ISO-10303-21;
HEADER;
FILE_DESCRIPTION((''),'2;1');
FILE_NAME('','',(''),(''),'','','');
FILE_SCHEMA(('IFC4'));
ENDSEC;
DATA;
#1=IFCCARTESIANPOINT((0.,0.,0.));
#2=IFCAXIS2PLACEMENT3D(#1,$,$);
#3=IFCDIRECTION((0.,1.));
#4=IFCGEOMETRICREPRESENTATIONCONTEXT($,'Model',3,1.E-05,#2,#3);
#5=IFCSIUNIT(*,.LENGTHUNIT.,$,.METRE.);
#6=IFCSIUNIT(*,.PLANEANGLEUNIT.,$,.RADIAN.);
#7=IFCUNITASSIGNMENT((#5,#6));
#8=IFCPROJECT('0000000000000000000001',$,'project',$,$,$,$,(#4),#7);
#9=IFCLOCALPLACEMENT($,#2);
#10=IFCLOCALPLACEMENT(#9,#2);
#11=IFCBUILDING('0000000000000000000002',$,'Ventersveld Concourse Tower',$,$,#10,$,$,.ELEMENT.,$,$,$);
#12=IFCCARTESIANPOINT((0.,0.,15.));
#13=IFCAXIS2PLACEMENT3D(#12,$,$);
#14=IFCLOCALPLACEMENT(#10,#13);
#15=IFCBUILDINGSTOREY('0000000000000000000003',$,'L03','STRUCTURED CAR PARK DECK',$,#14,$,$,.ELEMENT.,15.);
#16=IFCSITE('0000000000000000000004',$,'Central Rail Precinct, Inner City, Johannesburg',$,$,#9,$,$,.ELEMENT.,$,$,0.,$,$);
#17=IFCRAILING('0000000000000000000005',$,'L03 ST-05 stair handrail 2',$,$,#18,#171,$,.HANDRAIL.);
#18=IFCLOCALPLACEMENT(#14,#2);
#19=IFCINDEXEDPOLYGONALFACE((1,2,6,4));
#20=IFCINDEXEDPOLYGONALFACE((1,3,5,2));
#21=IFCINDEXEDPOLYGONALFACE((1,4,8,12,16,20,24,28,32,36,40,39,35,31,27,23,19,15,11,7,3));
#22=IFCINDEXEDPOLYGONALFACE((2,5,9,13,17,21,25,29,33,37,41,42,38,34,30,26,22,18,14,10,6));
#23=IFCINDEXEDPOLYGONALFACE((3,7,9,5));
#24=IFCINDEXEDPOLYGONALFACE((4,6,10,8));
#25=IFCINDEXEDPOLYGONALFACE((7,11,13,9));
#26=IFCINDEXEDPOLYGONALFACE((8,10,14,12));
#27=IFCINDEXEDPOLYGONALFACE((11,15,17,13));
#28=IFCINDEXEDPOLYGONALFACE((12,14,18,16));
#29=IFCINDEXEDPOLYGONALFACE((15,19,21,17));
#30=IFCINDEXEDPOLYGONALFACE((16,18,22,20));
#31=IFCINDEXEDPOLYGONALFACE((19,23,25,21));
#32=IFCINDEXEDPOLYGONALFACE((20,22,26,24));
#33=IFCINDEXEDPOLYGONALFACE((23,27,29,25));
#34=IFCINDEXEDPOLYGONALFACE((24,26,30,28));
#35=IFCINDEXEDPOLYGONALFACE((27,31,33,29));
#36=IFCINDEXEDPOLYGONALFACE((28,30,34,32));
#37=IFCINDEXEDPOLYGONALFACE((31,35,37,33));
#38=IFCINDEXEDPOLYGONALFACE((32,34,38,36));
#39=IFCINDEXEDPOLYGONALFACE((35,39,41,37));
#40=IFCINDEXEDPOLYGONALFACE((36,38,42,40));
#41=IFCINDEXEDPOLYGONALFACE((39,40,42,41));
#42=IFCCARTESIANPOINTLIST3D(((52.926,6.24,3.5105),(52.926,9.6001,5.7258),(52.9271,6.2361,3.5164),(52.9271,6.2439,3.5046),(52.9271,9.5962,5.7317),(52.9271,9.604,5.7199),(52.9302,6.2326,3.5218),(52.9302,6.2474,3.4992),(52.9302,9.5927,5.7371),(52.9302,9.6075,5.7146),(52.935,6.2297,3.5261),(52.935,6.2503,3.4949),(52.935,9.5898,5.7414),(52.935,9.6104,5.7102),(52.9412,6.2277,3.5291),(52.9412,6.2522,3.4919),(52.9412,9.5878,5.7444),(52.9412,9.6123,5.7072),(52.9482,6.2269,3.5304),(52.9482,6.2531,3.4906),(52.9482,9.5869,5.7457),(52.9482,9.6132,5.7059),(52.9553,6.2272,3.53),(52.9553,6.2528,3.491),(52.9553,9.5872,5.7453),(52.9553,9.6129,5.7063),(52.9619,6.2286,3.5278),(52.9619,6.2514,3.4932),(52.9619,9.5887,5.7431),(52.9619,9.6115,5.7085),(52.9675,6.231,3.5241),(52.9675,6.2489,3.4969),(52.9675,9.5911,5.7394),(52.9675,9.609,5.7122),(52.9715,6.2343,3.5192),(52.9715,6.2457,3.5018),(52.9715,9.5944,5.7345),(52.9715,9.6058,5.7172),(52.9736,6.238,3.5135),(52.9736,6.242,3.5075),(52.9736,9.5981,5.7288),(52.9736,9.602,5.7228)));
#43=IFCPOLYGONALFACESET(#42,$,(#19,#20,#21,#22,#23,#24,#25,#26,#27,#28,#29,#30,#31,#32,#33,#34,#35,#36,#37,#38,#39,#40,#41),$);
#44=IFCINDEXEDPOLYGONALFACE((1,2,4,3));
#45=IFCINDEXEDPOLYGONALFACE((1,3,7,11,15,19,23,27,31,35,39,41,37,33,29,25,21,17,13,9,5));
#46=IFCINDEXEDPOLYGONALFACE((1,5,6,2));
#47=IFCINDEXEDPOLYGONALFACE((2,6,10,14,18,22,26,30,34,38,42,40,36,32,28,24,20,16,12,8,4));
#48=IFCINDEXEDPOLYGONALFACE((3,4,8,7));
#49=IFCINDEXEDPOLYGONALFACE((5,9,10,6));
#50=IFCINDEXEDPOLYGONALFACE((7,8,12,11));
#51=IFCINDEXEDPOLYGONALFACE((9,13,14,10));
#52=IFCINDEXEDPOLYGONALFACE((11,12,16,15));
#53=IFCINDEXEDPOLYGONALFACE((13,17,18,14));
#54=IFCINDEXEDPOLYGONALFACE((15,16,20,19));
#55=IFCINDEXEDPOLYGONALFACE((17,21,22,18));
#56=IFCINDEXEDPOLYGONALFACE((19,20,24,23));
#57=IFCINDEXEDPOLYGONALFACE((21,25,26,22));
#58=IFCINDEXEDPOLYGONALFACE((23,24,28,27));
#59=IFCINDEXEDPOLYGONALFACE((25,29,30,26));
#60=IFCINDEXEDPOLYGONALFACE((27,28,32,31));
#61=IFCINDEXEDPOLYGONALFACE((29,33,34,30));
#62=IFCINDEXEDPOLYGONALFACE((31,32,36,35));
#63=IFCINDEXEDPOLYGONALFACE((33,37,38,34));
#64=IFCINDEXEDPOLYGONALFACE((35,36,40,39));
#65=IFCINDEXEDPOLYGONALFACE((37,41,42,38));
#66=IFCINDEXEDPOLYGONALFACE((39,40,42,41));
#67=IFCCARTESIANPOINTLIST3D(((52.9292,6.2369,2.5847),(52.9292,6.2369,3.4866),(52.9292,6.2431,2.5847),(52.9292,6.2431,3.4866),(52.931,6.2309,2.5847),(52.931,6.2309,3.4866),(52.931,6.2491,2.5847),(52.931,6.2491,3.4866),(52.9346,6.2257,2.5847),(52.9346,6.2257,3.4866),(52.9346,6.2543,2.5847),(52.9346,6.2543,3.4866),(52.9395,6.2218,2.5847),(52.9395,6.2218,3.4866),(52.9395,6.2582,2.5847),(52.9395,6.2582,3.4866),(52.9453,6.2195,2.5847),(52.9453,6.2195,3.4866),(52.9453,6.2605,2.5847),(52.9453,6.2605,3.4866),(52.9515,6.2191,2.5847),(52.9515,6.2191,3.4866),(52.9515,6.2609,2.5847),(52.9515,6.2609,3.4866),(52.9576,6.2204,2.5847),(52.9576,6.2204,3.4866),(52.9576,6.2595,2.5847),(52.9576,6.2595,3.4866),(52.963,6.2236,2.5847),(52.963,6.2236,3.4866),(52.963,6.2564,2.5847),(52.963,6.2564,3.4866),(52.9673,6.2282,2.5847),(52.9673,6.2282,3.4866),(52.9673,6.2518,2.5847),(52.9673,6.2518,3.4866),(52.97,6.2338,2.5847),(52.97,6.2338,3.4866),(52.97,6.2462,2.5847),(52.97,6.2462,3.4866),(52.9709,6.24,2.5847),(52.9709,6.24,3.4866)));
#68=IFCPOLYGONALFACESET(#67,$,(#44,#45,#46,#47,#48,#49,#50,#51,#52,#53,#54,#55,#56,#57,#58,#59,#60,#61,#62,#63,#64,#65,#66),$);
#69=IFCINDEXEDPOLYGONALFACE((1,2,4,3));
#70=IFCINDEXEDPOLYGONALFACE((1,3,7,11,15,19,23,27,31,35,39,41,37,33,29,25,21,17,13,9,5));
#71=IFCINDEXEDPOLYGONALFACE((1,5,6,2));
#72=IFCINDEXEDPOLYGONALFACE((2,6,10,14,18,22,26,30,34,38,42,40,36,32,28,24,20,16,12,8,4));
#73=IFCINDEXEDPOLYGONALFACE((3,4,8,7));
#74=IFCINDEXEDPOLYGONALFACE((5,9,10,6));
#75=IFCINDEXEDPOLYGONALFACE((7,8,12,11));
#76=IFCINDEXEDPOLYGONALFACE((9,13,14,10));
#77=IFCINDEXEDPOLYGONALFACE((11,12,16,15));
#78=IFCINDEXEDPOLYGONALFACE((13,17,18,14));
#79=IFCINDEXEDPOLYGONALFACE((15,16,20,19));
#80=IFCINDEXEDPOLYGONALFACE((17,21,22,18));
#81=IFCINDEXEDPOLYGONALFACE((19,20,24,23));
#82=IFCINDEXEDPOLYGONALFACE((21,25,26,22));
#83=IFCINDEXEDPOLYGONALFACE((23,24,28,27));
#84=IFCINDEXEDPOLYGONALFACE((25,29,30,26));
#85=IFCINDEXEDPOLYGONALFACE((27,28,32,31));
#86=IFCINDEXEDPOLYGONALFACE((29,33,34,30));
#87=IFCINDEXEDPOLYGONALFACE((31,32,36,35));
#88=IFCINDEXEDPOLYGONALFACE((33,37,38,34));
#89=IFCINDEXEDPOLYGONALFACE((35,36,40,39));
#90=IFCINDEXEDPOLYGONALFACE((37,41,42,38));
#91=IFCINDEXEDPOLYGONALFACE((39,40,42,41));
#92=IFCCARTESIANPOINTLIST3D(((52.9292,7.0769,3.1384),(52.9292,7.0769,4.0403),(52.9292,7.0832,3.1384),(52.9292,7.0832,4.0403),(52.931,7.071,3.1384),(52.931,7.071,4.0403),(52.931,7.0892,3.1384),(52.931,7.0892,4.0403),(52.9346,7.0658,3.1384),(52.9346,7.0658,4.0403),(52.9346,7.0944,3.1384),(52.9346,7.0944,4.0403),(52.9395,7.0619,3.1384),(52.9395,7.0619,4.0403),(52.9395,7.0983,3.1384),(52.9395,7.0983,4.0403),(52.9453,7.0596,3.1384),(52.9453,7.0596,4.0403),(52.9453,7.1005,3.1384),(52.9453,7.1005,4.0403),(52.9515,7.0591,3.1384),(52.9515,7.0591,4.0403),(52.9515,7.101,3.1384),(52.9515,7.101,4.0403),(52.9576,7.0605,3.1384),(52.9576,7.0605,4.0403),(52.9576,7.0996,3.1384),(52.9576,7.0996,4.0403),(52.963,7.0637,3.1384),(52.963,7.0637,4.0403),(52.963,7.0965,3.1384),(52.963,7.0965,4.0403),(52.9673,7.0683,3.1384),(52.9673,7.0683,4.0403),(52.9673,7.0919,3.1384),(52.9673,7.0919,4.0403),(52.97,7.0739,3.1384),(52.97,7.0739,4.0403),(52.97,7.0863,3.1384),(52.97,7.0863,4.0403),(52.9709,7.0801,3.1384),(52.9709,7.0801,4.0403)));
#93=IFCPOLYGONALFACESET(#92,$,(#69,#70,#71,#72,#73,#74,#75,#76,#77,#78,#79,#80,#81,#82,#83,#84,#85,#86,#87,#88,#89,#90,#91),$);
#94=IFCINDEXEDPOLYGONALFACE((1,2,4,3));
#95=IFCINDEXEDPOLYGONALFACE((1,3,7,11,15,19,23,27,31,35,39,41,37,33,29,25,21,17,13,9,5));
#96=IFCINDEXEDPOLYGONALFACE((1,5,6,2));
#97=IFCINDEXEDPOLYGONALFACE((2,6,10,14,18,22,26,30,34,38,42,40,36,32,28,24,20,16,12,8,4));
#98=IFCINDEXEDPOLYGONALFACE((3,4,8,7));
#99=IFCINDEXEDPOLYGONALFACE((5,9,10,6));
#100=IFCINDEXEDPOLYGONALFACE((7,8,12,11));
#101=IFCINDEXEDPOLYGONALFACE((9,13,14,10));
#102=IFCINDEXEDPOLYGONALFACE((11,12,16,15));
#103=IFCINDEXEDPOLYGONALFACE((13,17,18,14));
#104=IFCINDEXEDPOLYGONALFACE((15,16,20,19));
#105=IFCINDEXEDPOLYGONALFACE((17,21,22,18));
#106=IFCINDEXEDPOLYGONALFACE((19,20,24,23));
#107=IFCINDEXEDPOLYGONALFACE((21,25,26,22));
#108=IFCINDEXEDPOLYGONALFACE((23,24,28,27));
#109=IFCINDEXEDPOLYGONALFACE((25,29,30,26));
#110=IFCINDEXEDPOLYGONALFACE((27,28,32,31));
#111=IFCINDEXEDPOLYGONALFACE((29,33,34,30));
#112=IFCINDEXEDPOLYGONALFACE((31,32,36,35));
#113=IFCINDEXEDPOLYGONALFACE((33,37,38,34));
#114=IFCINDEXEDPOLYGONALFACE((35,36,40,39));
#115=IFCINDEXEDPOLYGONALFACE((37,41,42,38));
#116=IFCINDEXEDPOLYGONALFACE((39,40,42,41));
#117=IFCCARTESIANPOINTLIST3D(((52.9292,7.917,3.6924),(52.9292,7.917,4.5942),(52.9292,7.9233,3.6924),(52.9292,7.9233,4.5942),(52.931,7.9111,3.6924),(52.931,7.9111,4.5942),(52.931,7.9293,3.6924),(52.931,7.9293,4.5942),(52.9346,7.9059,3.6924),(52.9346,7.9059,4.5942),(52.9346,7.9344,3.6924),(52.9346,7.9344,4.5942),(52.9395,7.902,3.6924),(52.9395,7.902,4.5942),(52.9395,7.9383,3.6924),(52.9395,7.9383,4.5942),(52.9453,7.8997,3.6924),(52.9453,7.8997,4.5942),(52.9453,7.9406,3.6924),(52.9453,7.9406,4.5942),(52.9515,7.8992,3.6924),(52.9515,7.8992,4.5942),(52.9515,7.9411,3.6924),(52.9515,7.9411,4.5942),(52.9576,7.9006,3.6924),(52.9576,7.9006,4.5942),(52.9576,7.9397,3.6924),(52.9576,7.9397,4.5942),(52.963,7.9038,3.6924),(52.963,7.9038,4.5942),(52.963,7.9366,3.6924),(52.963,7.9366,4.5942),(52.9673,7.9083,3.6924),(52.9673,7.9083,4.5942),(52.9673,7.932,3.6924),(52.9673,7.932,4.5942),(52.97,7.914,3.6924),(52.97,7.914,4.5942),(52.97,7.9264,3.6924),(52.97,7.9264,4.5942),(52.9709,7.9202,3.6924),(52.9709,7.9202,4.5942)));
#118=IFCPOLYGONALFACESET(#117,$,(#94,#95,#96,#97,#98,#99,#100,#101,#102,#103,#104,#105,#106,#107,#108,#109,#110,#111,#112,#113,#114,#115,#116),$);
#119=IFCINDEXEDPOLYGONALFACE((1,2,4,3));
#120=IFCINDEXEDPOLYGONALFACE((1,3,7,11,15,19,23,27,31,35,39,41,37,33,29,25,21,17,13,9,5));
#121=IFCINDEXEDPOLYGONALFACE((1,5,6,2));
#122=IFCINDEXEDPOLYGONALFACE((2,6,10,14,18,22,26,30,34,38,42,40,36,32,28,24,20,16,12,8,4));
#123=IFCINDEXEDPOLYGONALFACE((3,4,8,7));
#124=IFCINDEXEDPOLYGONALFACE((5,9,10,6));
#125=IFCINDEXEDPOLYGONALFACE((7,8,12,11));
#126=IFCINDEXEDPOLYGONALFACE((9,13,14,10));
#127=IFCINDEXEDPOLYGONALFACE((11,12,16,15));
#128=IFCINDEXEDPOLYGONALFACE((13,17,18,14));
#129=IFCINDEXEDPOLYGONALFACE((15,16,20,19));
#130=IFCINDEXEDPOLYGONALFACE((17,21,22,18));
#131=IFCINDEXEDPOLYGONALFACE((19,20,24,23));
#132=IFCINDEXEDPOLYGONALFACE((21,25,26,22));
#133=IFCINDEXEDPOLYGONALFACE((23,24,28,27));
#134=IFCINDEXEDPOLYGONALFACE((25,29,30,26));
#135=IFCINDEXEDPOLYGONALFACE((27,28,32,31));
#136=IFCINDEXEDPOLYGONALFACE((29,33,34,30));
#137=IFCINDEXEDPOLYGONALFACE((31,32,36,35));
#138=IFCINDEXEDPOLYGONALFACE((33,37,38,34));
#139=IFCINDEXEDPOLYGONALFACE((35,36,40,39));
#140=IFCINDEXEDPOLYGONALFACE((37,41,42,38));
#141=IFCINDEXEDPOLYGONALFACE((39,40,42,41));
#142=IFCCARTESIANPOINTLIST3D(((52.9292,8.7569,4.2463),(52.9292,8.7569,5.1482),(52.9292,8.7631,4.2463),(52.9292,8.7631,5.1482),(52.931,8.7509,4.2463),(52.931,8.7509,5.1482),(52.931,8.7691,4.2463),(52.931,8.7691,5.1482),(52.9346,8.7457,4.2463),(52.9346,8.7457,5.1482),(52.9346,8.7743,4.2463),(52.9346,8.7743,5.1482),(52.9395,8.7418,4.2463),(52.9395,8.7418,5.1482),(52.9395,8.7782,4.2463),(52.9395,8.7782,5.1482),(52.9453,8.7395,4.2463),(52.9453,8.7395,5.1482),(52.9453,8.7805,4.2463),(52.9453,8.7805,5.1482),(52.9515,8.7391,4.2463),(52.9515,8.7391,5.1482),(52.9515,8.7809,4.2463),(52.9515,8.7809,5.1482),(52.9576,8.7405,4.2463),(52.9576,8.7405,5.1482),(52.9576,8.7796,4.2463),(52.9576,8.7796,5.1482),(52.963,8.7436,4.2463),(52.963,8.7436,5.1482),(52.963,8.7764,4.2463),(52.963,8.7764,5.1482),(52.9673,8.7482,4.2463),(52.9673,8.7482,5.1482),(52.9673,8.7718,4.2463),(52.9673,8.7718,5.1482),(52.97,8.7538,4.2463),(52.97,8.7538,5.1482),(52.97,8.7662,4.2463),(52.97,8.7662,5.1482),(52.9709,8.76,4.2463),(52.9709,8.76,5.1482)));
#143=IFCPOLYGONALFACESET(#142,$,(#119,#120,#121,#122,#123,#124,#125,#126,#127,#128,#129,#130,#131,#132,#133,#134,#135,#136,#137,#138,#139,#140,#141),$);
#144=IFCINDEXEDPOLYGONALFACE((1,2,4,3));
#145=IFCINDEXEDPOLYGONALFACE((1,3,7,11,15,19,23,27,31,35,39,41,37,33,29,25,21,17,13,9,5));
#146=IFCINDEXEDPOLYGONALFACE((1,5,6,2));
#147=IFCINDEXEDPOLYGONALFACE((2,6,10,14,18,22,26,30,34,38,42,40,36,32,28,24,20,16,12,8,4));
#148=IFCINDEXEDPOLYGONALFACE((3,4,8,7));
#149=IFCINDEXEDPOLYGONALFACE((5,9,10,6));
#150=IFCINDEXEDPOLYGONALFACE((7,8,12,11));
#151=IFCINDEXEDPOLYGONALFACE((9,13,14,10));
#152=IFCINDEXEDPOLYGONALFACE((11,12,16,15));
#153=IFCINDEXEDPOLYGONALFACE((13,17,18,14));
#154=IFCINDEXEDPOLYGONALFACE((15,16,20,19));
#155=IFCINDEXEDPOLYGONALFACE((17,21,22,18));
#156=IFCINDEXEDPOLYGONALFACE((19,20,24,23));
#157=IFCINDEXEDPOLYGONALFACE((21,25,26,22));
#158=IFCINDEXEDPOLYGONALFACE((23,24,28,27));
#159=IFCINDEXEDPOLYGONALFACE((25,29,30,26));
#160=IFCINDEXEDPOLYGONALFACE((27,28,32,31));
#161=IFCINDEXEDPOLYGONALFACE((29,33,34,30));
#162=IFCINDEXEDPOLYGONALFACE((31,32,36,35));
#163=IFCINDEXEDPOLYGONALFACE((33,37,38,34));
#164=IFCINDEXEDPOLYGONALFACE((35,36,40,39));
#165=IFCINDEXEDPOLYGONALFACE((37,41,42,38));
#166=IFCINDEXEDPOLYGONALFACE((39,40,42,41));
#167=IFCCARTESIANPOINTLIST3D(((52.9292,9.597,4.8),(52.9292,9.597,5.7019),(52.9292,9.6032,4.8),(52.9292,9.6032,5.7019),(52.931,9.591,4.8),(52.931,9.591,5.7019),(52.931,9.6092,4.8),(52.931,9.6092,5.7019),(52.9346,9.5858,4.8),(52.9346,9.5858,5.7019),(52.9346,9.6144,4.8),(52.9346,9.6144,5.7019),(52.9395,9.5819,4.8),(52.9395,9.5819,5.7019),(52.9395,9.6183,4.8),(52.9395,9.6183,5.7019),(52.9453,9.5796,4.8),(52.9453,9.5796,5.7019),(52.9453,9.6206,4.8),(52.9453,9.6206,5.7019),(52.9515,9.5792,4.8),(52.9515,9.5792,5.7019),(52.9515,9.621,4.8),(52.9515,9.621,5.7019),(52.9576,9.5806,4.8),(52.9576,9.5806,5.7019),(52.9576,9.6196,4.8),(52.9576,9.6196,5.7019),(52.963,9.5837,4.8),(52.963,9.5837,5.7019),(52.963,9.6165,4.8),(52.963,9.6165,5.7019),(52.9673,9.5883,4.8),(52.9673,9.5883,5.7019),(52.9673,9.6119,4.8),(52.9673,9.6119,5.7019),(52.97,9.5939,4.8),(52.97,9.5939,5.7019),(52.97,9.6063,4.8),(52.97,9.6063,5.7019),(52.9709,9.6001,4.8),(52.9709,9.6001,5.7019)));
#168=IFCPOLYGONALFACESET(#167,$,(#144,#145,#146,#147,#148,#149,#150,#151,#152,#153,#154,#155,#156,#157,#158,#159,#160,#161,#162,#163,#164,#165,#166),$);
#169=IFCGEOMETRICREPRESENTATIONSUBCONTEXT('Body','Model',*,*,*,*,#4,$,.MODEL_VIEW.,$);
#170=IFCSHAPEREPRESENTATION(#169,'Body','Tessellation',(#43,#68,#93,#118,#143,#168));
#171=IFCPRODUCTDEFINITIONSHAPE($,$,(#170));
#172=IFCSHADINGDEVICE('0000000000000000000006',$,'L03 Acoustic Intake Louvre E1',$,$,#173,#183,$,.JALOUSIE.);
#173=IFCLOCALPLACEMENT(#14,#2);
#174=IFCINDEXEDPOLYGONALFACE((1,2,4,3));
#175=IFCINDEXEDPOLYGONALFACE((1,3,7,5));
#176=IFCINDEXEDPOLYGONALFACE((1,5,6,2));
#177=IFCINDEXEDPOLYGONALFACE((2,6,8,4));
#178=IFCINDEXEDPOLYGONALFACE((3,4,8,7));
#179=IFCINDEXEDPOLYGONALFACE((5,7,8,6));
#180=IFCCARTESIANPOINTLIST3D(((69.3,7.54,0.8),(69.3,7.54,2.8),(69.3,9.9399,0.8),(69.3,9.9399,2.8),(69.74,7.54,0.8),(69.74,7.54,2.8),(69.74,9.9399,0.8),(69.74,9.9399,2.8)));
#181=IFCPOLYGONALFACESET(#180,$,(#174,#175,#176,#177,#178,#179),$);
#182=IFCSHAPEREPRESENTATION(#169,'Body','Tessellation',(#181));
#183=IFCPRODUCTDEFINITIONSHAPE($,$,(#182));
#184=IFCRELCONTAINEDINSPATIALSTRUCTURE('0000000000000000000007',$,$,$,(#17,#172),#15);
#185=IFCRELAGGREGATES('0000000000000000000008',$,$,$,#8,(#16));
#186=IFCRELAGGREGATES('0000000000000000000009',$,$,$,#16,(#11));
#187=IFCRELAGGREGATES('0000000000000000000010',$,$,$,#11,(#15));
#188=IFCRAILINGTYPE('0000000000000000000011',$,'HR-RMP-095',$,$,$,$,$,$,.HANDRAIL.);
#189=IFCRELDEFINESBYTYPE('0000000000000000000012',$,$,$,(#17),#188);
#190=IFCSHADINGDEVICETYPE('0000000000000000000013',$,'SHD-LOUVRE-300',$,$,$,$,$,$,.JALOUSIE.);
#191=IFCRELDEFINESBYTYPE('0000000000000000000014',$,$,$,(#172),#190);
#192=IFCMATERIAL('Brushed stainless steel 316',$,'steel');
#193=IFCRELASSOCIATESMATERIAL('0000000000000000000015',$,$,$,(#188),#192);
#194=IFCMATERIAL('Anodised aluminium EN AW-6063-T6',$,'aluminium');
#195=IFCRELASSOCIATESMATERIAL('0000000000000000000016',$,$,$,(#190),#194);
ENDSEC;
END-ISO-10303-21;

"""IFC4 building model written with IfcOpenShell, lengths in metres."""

from ifc_helpers import new_model, si_unit, direction, frame, origin, origin_2d, place, context, subcontext, project, spatial, rectangle, circle, extrude, material, type_object, element, save


model = new_model("IFC4")

# Units and contexts
model_context = context("Model", 3, precision=1e-05, world=origin(), true_north=direction((0.0, 1.0)))
body_context = subcontext(model_context, "Body", "Model", "MODEL_VIEW")
ifc_project = project(units=[si_unit("LENGTHUNIT", "METRE"), si_unit("PLANEANGLEUNIT", "RADIAN")], contexts=[model_context])

# Site, building, storey
site_placement = place(None, origin())
site = spatial("IfcSite", under=ifc_project, at=site_placement, Name="Central Rail Precinct, Inner City, Johannesburg", CompositionType="ELEMENT", RefElevation=0.0)
building_placement = place(site_placement, origin())
building = spatial("IfcBuilding", under=site, at=building_placement, Name="Ventersveld Concourse Tower", CompositionType="ELEMENT")
storey_placement = place(building_placement, frame((0.0, 0.0, 15.0)))
storey = spatial("IfcBuildingStorey", under=building, at=storey_placement, Name="L03", Description="STRUCTURED CAR PARK DECK", CompositionType="ELEMENT", Elevation=15.0)

# Shared definitions
ifc_material_1 = material(Name="Brushed stainless steel 316", Category="steel")

# Railing
railing_type_1 = type_object("IfcRailingType", Name="HR-RMP-095", PredefinedType="HANDRAIL", material=ifc_material_1)
railing_1_placement = place(storey_placement, frame((52.95, 6.24, 2.5847)))
element("IfcRailing", 1, at=railing_1_placement, inside=storey, type_object=railing_type_1, Name="L03 ST-05 stair handrail 2", PredefinedType="HANDRAIL", context=body_context, shape_type="SweptSolid", body=[
    extrude(circle(Radius=0.0239, at=origin_2d()), frame((0.0, 0.0, 0.9258), z_axis=(0.0, 0.834876, 0.550437), x_axis=(-1.0, 0.0, 0.0)), (0.0, 0.0, 1.0), 4.0247),
    extrude(circle(Radius=0.021, at=origin_2d()), origin(), (0.0, 0.0, 1.0), 0.9019),
    extrude(circle(Radius=0.021, at=origin_2d()), frame((0.0, 0.8401, 0.5537)), (0.0, 0.0, 1.0), 0.9019),
    extrude(circle(Radius=0.021, at=origin_2d()), frame((0.0, 1.6802, 1.1077)), (0.0, 0.0, 1.0), 0.9019),
    extrude(circle(Radius=0.021, at=origin_2d()), frame((0.0, 2.52, 1.6616)), (0.0, 0.0, 1.0), 0.9019),
    extrude(circle(Radius=0.021, at=origin_2d()), frame((0.0, 3.3601, 2.2153)), (0.0, 0.0, 1.0), 0.9019),
])

# Shading device
ifc_material_2 = material(Name="Anodised aluminium EN AW-6063-T6", Category="aluminium")
shading_device_type = type_object("IfcShadingDeviceType", Name="SHD-LOUVRE-300", PredefinedType="JALOUSIE", material=ifc_material_2)
shading_device_placement = place(storey_placement, frame((69.52, 8.74, 0.8), z_axis=(0.0, 0.0, 1.0), x_axis=(0.0, 1.0, 0.0)))
element("IfcShadingDevice", 2, at=shading_device_placement, inside=storey, type_object=shading_device_type, Name="L03 Acoustic Intake Louvre E1", PredefinedType="JALOUSIE", context=body_context, shape_type="SweptSolid", body=[
    extrude(rectangle(XDim=2.3999, YDim=0.4399, at=origin_2d()), origin(), (0.0, 0.0, 1.0), 2.0),
])

save(model, "model.ifc")
